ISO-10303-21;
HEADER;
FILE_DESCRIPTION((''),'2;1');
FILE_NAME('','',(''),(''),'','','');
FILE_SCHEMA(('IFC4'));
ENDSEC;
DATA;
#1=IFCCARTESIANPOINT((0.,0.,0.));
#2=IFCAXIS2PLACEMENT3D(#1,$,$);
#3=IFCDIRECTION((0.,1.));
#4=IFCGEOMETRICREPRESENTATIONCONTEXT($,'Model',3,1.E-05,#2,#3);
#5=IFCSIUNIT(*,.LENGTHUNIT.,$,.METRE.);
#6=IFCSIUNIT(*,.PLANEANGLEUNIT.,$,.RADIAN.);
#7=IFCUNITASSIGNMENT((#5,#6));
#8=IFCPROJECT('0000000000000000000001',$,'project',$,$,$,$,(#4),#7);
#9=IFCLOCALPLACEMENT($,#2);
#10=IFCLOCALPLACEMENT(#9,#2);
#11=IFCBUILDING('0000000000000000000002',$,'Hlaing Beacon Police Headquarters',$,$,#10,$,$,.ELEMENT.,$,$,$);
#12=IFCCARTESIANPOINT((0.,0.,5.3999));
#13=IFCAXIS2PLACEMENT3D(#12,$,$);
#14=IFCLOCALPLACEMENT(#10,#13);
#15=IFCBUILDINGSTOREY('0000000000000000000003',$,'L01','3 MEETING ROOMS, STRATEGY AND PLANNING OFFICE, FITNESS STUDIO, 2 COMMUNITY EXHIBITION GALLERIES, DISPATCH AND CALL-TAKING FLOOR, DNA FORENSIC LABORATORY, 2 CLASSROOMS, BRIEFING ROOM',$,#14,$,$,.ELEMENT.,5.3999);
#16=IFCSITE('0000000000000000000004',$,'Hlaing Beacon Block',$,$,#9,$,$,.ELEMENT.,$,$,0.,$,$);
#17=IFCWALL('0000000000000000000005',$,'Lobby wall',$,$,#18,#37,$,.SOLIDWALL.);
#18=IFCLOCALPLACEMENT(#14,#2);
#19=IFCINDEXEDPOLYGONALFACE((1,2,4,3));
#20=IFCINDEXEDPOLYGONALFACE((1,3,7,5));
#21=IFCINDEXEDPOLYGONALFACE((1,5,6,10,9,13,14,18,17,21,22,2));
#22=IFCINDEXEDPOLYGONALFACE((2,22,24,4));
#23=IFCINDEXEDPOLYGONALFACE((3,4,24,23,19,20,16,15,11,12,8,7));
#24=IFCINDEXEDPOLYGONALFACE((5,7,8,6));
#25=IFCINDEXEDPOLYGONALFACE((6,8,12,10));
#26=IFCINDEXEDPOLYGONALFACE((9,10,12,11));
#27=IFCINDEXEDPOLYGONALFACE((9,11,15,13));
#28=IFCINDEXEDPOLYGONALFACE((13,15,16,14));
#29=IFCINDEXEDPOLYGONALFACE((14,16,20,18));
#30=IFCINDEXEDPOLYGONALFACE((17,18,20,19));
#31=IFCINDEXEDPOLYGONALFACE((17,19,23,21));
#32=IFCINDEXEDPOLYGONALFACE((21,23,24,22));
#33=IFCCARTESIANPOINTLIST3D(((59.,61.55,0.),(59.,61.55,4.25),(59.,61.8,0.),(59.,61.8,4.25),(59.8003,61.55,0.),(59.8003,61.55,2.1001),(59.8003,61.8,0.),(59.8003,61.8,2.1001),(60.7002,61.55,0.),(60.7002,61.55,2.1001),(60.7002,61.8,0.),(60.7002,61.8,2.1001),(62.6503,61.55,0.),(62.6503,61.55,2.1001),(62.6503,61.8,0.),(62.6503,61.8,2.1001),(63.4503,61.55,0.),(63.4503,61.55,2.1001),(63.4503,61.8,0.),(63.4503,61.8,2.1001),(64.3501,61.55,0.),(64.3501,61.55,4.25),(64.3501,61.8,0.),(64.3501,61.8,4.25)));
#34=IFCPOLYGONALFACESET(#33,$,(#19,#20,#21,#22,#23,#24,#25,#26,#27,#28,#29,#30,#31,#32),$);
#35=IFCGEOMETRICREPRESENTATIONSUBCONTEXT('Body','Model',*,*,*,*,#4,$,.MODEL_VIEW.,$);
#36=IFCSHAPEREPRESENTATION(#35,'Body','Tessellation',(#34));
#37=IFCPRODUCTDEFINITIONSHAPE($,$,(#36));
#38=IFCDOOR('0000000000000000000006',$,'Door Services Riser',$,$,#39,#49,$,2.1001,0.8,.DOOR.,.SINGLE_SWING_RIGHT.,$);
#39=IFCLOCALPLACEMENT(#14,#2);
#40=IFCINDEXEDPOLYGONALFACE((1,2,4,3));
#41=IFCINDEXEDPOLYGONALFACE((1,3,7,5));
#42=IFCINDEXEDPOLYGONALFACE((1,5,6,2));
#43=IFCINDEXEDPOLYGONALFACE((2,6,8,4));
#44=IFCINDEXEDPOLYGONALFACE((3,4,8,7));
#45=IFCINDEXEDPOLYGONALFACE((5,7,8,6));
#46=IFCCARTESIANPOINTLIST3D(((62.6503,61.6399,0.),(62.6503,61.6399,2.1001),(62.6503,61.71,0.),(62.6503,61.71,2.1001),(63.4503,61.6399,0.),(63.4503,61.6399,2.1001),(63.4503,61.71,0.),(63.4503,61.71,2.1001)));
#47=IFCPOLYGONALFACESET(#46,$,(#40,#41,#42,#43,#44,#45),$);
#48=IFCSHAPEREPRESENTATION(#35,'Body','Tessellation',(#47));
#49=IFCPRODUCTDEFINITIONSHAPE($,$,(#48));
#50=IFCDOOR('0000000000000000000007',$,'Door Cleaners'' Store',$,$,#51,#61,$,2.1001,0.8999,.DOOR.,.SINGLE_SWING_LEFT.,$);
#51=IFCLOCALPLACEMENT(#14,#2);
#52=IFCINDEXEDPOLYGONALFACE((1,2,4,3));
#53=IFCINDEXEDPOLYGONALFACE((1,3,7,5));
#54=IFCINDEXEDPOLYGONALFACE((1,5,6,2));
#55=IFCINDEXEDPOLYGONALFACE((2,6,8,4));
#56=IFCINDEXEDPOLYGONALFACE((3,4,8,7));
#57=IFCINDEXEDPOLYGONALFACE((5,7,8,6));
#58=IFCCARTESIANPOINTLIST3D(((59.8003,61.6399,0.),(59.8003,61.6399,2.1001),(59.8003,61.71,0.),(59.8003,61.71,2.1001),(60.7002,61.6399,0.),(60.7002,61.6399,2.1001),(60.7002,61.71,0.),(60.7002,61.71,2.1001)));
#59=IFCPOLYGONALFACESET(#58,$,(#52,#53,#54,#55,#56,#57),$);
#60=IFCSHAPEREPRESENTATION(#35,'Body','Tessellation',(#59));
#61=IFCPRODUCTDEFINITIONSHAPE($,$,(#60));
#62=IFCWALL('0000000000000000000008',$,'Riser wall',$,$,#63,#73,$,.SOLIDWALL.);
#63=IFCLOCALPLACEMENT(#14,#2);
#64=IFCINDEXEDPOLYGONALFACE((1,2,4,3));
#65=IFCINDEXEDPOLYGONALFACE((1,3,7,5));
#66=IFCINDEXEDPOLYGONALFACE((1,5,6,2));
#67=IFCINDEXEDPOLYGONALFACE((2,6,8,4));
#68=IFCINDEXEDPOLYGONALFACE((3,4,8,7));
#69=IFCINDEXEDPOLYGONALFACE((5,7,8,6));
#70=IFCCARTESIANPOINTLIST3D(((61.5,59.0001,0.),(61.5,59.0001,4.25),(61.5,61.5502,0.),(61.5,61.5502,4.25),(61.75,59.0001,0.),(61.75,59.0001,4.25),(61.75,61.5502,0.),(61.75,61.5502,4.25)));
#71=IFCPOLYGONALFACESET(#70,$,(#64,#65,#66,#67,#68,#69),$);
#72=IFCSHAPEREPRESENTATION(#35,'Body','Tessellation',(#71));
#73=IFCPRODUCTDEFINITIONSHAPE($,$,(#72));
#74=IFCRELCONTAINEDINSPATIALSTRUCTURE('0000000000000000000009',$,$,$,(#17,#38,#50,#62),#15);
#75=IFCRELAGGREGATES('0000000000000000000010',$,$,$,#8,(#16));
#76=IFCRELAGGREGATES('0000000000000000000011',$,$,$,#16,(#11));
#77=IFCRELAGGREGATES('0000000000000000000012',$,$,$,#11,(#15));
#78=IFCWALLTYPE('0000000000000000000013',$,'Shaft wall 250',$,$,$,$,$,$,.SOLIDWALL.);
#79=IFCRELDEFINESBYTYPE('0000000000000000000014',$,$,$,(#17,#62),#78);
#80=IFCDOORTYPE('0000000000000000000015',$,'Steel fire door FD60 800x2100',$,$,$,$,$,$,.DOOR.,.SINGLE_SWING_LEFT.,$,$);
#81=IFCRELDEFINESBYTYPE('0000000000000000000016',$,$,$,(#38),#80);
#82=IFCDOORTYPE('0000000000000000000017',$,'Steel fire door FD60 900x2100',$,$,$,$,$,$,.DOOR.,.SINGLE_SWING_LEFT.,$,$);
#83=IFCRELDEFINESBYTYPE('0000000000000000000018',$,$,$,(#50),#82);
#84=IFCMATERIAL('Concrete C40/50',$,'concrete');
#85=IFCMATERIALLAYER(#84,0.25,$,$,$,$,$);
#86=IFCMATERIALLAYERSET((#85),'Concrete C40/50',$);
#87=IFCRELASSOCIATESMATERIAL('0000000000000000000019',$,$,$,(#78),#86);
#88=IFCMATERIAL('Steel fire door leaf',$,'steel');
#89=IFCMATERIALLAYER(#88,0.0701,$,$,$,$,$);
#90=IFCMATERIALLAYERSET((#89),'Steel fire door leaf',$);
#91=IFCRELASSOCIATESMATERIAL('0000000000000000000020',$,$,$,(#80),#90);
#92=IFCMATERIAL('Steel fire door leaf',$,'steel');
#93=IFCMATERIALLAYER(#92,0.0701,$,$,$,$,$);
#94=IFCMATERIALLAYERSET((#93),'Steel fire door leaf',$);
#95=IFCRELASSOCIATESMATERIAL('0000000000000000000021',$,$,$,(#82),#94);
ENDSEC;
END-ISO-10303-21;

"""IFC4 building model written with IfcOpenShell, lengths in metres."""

from ifc_helpers import new_model, si_unit, direction, frame, frame_2d, origin, place, context, subcontext, project, spatial, rectangle, extrude, material, layer, layer_set, type_object, element, fill, save


model = new_model("IFC4")

# Units and contexts
model_context = context("Model", 3, precision=1e-05, world=origin(), true_north=direction((0.0, 1.0)))
body_context = subcontext(model_context, "Body", "Model", "MODEL_VIEW")
ifc_project = project(units=[si_unit("LENGTHUNIT", "METRE"), si_unit("PLANEANGLEUNIT", "RADIAN")], contexts=[model_context])

# Site, building, storey
site_placement = place(None, origin())
site = spatial("IfcSite", under=ifc_project, at=site_placement, Name="Hlaing Beacon Block", CompositionType="ELEMENT", RefElevation=0.0)
building_placement = place(site_placement, origin())
building = spatial("IfcBuilding", under=site, at=building_placement, Name="Hlaing Beacon Police Headquarters", CompositionType="ELEMENT")
storey_placement = place(building_placement, frame((0.0, 0.0, 5.3999)))
storey = spatial("IfcBuildingStorey", under=building, at=storey_placement, Name="L01", Description="3 MEETING ROOMS, STRATEGY AND PLANNING OFFICE, FITNESS STUDIO, 2 COMMUNITY EXHIBITION GALLERIES, DISPATCH AND CALL-TAKING FLOOR, DNA FORENSIC LABORATORY, 2 CLASSROOMS, BRIEFING ROOM", CompositionType="ELEMENT", Elevation=5.3999)

# Shared definitions
ifc_material_1 = material(Name="Concrete C40/50", Category="concrete")
ifc_layer_1 = layer(ifc_material_1, 0.25)
ifc_layer_set_1 = layer_set([ifc_layer_1], Name="Concrete C40/50")
wall_type_1 = type_object("IfcWallType", Name="Shaft wall 250", PredefinedType="SOLIDWALL", material=ifc_layer_set_1)

# Wall, openings, doors
wall_1_placement = place(storey_placement, frame((64.3501, 61.675, 0.0), z_axis=(0.0, 0.0, 1.0), x_axis=(-1.0, 0.0, 0.0)))
wall_1 = element("IfcWall", 1, at=wall_1_placement, inside=storey, type_object=wall_type_1, Name="Lobby wall", PredefinedType="SOLIDWALL", context=body_context, shape_type="SweptSolid", body=[
    extrude(rectangle(XDim=5.3501, YDim=0.25, at=frame_2d((2.675, 0.0))), origin(), (0.0, 0.0, 1.0), 4.25),
])
opening_1_placement = place(wall_1_placement, frame((3.6499, 0.0, 0.0)))
opening_1 = element("IfcOpeningElement", 2, at=opening_1_placement, cuts=wall_1, PredefinedType="OPENING", context=body_context, shape_type="SweptSolid", body=[
    extrude(rectangle(XDim=0.8999, YDim=2.1001, at=frame_2d((0.45, 1.05))), frame((0.0, 0.135, 0.0), z_axis=(0.0, -1.0, 0.0), x_axis=(1.0, 0.0, 0.0)), (0.0, 0.0, 1.0), 0.27),
])
opening_2_placement = place(wall_1_placement, frame((0.8999, 0.0, 0.0)))
opening_2 = element("IfcOpeningElement", 3, at=opening_2_placement, cuts=wall_1, PredefinedType="OPENING", context=body_context, shape_type="SweptSolid", body=[
    extrude(rectangle(XDim=0.8, YDim=2.1001, at=frame_2d((0.3999, 1.05))), frame((0.0, 0.135, 0.0), z_axis=(0.0, -1.0, 0.0), x_axis=(1.0, 0.0, 0.0)), (0.0, 0.0, 1.0), 0.27),
])
ifc_material_2 = material(Name="Steel fire door leaf", Category="steel")
ifc_layer_2 = layer(ifc_material_2, 0.0701)
ifc_layer_set_2 = layer_set([ifc_layer_2], Name="Steel fire door leaf")
door_type_1 = type_object("IfcDoorType", Name="Steel fire door FD60 800x2100", OperationType="SINGLE_SWING_LEFT", PredefinedType="DOOR", material=ifc_layer_set_2)
door_1_placement = place(opening_2_placement, origin())
door_1 = element("IfcDoor", 4, at=door_1_placement, inside=storey, type_object=door_type_1, Name="Door Services Riser", OperationType="SINGLE_SWING_RIGHT", OverallHeight=2.1001, OverallWidth=0.8, PredefinedType="DOOR", context=body_context, shape_type="SweptSolid", body=[
    extrude(rectangle(XDim=0.8, YDim=2.1001, at=frame_2d((0.3999, 1.05))), frame((0.0, 0.0352, 0.0), z_axis=(0.0, -1.0, 0.0), x_axis=(1.0, 0.0, 0.0)), (0.0, 0.0, 1.0), 0.0701),
])
fill(opening_2, door_1)
ifc_material_3 = material(Name="Steel fire door leaf", Category="steel")
ifc_layer_3 = layer(ifc_material_3, 0.0701)
ifc_layer_set_3 = layer_set([ifc_layer_3], Name="Steel fire door leaf")
door_type_2 = type_object("IfcDoorType", Name="Steel fire door FD60 900x2100", OperationType="SINGLE_SWING_LEFT", PredefinedType="DOOR", material=ifc_layer_set_3)
door_2_placement = place(opening_1_placement, origin())
door_2 = element("IfcDoor", 5, at=door_2_placement, inside=storey, type_object=door_type_2, Name="Door Cleaners' Store", OperationType="SINGLE_SWING_LEFT", OverallHeight=2.1001, OverallWidth=0.8999, PredefinedType="DOOR", context=body_context, shape_type="SweptSolid", body=[
    extrude(rectangle(XDim=0.8999, YDim=2.1001, at=frame_2d((0.45, 1.05))), frame((0.0, 0.0352, 0.0), z_axis=(0.0, -1.0, 0.0), x_axis=(1.0, 0.0, 0.0)), (0.0, 0.0, 1.0), 0.0701),
])
fill(opening_1, door_2)

# Wall
wall_2_placement = place(storey_placement, frame((61.625, 61.55, 0.0), z_axis=(0.0, 0.0, 1.0), x_axis=(0.0, -1.0, 0.0)))
element("IfcWall", 6, at=wall_2_placement, inside=storey, type_object=wall_type_1, Name="Riser wall", PredefinedType="SOLIDWALL", context=body_context, shape_type="SweptSolid", body=[
    extrude(rectangle(XDim=2.55, YDim=0.25, at=frame_2d((1.2749, 0.0))), origin(), (0.0, 0.0, 1.0), 4.25),
])

save(model, "model.ifc")
